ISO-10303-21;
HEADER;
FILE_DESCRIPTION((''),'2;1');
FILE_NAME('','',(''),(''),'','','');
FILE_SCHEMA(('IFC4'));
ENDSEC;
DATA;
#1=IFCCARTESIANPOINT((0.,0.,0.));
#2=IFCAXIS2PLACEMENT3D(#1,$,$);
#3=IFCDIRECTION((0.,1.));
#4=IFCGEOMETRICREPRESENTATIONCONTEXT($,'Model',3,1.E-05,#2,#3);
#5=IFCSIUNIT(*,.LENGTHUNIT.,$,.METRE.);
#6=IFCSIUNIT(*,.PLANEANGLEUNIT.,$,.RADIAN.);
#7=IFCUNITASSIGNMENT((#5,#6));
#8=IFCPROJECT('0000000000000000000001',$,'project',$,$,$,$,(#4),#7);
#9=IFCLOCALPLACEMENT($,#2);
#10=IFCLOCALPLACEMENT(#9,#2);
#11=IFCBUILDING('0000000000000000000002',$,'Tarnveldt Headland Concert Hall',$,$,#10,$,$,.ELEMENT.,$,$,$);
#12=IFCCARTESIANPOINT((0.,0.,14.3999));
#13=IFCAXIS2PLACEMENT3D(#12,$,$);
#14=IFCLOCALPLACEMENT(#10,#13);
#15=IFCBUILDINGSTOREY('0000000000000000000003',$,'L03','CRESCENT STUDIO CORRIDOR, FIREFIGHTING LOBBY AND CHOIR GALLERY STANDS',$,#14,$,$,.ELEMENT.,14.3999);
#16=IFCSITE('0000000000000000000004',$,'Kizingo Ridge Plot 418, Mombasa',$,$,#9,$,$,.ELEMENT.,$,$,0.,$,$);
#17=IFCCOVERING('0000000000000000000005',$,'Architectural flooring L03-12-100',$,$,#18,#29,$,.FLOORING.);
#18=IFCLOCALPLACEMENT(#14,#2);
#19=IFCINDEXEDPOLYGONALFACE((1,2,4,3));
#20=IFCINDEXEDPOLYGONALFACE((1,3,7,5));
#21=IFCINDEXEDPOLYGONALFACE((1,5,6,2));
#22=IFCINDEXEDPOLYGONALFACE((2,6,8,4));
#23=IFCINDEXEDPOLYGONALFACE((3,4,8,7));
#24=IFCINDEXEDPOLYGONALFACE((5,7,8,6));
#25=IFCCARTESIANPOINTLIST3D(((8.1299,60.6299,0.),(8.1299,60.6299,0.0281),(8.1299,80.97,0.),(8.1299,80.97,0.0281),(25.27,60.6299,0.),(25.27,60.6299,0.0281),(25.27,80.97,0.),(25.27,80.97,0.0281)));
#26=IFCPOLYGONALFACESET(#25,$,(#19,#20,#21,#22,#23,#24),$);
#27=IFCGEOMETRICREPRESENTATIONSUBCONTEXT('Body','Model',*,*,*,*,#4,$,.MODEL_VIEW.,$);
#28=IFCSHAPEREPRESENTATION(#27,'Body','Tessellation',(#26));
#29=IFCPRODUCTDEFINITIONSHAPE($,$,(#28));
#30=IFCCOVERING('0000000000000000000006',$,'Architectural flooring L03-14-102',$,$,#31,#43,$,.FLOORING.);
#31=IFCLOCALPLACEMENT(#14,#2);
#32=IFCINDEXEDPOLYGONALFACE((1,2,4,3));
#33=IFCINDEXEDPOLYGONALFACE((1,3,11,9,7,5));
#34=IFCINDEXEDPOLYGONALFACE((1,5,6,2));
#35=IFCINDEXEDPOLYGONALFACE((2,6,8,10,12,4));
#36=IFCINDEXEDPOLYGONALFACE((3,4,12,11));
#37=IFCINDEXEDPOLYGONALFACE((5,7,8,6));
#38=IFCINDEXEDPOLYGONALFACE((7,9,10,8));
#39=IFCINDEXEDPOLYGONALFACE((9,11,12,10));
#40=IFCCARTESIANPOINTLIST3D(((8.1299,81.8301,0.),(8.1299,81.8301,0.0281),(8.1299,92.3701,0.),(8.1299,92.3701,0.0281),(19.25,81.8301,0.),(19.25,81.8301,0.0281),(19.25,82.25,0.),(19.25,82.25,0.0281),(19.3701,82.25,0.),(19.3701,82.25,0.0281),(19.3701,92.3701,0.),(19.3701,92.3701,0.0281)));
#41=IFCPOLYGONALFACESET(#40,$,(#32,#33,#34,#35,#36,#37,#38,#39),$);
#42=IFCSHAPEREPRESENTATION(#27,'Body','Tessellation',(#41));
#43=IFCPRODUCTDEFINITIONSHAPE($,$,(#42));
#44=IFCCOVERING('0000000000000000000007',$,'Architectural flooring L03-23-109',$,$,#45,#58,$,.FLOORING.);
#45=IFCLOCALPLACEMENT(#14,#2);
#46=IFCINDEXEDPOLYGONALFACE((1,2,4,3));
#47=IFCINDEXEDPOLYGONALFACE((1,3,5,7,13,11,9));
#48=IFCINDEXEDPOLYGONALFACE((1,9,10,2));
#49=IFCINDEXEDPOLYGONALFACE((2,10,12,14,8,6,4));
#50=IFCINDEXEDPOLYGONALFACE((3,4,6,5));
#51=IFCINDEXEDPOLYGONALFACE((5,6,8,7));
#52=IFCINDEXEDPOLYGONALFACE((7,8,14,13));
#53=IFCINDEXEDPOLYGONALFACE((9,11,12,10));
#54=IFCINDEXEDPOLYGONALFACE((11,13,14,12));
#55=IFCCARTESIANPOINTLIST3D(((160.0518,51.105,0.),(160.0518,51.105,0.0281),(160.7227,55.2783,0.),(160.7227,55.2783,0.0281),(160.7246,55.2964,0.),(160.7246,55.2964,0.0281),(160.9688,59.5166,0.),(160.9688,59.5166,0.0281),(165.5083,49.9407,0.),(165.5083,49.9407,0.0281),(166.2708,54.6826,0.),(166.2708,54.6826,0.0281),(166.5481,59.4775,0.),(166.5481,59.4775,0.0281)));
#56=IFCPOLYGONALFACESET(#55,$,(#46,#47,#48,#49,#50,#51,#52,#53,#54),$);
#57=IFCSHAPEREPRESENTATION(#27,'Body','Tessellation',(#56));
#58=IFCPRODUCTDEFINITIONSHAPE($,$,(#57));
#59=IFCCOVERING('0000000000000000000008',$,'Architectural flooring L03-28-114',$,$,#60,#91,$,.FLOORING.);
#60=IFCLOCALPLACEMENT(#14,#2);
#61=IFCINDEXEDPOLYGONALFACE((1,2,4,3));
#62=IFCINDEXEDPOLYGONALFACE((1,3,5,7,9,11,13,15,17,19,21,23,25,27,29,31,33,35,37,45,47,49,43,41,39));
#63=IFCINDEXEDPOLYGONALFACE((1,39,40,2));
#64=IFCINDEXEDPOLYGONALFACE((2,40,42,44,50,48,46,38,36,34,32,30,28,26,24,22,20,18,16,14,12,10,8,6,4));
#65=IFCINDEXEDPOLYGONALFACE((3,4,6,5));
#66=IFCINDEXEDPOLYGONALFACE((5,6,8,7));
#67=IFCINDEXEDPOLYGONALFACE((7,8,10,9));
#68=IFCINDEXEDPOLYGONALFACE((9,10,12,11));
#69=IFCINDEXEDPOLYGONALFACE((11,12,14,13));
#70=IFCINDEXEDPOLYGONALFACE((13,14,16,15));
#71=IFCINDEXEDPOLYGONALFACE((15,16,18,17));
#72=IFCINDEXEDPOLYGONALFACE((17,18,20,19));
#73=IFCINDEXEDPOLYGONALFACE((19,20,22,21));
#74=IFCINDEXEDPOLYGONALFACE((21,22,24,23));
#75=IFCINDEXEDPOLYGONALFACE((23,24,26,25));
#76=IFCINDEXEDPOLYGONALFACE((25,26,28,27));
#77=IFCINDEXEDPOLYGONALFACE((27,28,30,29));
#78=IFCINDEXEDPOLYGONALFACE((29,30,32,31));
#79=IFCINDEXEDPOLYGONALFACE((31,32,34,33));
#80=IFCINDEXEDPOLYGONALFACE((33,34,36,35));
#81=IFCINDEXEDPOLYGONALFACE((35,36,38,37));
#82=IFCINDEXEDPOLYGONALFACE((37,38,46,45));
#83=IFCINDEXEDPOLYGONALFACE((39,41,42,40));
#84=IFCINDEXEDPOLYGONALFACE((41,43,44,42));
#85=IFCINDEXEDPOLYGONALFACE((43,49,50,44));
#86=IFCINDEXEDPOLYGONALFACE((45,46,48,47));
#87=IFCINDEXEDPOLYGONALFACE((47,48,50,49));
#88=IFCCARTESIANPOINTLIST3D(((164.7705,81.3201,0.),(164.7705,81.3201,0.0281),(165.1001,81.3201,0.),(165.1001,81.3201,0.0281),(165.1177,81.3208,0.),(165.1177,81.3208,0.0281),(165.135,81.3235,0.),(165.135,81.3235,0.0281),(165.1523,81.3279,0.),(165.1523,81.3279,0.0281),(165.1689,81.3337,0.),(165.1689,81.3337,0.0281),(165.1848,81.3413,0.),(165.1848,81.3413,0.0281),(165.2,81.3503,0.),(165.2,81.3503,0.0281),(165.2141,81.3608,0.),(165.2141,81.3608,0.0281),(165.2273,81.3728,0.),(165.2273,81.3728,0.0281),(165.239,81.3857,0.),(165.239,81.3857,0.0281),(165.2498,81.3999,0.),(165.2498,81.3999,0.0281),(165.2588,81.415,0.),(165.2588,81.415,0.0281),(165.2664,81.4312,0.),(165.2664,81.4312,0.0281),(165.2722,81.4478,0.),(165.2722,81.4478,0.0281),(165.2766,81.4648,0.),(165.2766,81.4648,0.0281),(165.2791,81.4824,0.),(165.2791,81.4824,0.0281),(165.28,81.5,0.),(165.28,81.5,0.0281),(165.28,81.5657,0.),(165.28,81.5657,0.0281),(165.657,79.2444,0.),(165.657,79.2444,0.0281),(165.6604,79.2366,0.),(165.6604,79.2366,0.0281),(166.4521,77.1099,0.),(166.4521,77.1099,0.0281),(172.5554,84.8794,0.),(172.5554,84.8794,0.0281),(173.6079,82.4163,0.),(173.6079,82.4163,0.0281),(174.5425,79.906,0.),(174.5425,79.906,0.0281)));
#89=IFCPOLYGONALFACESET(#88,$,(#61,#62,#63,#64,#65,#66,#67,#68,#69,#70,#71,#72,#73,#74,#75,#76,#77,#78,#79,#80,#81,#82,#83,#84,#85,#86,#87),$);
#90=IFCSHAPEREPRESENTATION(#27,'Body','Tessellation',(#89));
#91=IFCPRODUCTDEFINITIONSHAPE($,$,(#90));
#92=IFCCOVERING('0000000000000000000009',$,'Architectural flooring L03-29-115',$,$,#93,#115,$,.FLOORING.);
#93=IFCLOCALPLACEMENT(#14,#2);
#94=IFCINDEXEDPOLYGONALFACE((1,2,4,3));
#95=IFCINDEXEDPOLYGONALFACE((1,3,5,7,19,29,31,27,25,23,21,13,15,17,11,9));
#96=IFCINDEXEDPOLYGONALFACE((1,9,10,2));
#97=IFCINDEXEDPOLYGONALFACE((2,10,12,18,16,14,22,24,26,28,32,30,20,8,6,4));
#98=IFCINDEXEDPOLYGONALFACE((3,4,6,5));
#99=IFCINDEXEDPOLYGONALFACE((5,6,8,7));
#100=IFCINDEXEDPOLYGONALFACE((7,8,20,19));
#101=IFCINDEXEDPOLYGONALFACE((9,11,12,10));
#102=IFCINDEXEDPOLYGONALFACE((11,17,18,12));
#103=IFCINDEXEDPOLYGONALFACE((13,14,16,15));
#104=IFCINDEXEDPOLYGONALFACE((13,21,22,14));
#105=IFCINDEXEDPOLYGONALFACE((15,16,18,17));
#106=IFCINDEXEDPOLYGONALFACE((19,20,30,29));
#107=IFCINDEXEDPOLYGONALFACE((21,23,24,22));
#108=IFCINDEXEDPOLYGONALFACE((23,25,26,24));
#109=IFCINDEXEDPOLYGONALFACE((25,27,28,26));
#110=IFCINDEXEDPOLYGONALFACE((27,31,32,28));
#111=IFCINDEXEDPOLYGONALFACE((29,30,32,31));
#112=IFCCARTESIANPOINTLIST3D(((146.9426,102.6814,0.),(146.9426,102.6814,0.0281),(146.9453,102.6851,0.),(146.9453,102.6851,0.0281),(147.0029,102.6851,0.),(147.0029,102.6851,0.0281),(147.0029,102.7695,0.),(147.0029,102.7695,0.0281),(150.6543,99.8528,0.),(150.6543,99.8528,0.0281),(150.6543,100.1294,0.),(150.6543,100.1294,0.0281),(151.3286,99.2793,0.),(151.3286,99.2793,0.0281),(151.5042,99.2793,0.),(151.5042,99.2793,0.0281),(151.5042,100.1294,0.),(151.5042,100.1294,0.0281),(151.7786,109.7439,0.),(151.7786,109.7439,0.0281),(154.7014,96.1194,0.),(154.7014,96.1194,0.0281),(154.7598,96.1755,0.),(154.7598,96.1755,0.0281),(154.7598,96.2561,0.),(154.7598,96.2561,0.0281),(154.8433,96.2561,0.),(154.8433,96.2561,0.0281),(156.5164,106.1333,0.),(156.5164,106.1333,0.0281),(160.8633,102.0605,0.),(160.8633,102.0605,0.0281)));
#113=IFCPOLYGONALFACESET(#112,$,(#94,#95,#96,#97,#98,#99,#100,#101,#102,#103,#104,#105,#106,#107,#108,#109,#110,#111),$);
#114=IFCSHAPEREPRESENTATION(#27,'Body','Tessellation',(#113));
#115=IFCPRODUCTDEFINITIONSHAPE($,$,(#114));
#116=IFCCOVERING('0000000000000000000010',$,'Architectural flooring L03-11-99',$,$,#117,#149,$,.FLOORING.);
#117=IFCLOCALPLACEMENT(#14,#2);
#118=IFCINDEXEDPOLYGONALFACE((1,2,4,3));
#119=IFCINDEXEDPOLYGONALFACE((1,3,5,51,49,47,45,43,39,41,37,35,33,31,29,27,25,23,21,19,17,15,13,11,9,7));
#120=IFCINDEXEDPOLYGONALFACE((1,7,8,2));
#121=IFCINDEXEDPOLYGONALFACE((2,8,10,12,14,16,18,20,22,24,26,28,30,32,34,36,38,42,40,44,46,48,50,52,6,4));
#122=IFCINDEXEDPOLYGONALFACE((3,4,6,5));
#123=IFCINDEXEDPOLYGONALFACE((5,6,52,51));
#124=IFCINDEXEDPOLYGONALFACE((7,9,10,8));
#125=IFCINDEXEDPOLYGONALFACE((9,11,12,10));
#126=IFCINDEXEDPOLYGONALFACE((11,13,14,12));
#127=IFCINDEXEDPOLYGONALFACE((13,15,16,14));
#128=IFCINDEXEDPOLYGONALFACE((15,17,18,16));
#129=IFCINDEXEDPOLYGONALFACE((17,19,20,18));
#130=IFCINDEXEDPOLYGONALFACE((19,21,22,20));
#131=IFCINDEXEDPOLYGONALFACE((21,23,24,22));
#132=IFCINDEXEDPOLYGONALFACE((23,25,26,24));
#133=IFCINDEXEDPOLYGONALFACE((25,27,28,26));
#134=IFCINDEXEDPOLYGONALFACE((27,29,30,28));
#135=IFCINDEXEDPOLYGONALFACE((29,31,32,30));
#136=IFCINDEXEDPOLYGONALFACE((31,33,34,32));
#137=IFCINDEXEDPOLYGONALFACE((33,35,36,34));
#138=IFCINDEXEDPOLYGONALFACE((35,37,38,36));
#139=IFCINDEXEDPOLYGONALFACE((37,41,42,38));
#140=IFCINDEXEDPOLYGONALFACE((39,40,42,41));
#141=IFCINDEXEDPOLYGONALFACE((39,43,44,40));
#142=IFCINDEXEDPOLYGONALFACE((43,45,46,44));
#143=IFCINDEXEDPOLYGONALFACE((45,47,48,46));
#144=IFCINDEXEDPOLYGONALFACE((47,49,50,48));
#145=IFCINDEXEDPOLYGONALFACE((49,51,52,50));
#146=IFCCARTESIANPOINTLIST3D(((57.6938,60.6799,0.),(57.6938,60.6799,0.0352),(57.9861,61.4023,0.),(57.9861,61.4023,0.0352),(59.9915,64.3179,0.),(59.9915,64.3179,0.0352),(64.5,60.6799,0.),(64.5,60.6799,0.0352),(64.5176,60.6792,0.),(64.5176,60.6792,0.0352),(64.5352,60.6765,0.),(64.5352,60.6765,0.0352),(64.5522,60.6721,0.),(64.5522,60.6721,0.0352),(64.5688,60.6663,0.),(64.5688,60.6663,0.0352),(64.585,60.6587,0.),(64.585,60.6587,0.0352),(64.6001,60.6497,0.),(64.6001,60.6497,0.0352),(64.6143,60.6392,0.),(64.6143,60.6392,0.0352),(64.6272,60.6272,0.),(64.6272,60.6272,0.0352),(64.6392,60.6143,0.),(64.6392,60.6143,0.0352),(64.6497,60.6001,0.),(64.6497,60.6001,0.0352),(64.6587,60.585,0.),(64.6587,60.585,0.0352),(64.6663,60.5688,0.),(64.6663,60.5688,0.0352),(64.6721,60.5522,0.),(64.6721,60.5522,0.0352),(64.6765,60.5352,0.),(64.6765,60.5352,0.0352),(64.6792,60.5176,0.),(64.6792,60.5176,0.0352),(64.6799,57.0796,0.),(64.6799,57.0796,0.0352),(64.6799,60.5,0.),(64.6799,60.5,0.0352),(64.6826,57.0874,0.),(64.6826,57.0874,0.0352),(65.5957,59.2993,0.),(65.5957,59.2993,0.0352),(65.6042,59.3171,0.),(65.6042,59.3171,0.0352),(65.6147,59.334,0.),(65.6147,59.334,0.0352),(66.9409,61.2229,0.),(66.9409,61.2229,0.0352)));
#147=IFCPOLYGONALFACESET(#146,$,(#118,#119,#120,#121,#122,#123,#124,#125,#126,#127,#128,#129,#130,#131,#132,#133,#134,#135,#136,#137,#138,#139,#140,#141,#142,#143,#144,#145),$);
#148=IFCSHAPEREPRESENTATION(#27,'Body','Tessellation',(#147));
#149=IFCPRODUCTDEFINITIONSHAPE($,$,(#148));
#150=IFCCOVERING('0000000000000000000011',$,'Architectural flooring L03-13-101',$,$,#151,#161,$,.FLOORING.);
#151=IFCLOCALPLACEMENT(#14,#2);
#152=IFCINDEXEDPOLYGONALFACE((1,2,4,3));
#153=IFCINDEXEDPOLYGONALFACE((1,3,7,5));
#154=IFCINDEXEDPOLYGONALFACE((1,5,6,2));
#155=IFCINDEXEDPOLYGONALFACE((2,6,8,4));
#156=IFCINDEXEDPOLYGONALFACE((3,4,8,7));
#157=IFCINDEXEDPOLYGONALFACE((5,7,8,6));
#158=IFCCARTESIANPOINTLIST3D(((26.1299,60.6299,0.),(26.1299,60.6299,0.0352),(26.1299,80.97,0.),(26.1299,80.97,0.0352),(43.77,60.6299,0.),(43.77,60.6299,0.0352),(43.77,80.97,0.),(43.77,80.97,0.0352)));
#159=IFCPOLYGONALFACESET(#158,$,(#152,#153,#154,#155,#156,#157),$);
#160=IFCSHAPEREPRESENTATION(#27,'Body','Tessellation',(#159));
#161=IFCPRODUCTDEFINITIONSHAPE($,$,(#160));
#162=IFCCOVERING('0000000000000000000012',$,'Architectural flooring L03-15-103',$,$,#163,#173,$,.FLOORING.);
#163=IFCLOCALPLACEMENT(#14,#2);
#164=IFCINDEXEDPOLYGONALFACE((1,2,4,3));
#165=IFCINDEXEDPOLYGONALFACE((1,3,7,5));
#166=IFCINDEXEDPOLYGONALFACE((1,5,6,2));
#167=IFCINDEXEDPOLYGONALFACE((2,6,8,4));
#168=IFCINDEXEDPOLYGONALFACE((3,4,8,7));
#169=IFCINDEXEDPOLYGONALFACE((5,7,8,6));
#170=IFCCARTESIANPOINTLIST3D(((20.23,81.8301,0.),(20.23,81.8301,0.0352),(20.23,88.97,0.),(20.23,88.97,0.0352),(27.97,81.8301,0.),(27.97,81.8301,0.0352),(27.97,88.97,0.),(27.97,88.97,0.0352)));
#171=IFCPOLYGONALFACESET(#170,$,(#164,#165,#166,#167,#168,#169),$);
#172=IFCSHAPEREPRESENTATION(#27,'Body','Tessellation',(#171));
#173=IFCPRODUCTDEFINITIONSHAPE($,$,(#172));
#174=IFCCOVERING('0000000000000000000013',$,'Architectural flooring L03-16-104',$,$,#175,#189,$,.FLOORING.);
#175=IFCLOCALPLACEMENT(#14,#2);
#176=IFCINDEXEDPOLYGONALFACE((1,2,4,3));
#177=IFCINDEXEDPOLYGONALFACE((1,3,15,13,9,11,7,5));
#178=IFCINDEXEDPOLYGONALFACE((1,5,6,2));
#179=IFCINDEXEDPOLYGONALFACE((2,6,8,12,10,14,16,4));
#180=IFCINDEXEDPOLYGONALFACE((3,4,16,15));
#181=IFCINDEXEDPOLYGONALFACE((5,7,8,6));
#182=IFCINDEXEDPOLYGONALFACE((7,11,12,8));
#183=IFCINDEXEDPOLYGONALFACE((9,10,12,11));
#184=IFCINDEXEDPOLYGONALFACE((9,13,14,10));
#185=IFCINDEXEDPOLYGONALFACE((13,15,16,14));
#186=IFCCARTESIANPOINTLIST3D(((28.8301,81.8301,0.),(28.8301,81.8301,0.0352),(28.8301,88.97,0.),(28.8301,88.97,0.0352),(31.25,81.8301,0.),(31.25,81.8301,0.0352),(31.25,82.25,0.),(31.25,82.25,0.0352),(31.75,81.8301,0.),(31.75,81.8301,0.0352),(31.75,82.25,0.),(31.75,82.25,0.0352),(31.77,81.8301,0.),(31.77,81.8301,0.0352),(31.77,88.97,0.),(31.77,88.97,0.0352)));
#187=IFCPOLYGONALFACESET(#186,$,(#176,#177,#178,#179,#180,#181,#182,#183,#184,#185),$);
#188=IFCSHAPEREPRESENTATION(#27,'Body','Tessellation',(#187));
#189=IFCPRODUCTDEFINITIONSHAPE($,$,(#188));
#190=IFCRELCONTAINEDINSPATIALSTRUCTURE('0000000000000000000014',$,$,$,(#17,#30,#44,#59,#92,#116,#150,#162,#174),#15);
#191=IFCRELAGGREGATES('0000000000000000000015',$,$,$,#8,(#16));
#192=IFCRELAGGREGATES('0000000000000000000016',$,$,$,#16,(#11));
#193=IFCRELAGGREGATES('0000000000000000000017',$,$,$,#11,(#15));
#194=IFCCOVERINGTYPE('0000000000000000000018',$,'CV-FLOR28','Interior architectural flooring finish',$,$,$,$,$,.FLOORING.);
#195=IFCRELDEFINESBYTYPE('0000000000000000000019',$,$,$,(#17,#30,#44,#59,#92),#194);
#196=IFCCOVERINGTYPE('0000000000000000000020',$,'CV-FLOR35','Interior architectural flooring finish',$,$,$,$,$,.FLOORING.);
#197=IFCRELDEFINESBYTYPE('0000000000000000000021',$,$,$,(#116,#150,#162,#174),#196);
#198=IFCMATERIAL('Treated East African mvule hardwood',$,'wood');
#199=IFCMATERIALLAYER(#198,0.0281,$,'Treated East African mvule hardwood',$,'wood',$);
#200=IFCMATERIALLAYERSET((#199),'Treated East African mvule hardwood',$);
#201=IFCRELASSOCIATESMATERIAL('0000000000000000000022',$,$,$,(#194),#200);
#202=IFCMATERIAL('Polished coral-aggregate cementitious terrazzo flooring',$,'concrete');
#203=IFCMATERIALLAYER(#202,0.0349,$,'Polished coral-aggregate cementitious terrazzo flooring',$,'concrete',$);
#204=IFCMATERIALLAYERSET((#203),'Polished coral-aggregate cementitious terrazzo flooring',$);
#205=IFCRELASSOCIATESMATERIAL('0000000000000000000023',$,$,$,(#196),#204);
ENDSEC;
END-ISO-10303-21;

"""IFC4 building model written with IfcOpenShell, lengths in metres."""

from ifc_helpers import new_model, si_unit, direction, frame, origin, place, context, subcontext, project, spatial, polyline, outline, extrude, material, layer, layer_set, type_object, element, save


model = new_model("IFC4")

# Units and contexts
model_context = context("Model", 3, precision=1e-05, world=origin(), true_north=direction((0.0, 1.0)))
body_context = subcontext(model_context, "Body", "Model", "MODEL_VIEW")
ifc_project = project(units=[si_unit("LENGTHUNIT", "METRE"), si_unit("PLANEANGLEUNIT", "RADIAN")], contexts=[model_context])

# Site, building, storey
site_placement = place(None, origin())
site = spatial("IfcSite", under=ifc_project, at=site_placement, Name="Kizingo Ridge Plot 418, Mombasa", CompositionType="ELEMENT", RefElevation=0.0)
building_placement = place(site_placement, origin())
building = spatial("IfcBuilding", under=site, at=building_placement, Name="Tarnveldt Headland Concert Hall", CompositionType="ELEMENT")
storey_placement = place(building_placement, frame((0.0, 0.0, 14.3999)))
storey = spatial("IfcBuildingStorey", under=building, at=storey_placement, Name="L03", Description="CRESCENT STUDIO CORRIDOR, FIREFIGHTING LOBBY AND CHOIR GALLERY STANDS", CompositionType="ELEMENT", Elevation=14.3999)

# Coverings
ifc_material_1 = material(Name="Treated East African mvule hardwood", Category="wood")
ifc_layer_1 = layer(ifc_material_1, 0.0281, Name="Treated East African mvule hardwood", Category="wood")
ifc_layer_set_1 = layer_set([ifc_layer_1], Name="Treated East African mvule hardwood")
covering_type_1 = type_object("IfcCoveringType", Name="CV-FLOR28", Description="Interior architectural flooring finish", PredefinedType="FLOORING", material=ifc_layer_set_1)
covering_1_placement = place(storey_placement, origin())
element("IfcCovering", 1, at=covering_1_placement, inside=storey, type_object=covering_type_1, Name="Architectural flooring L03-12-100", PredefinedType="FLOORING", context=body_context, shape_type="SweptSolid", body=[
    extrude(outline(polyline([(25.27, 80.97), (25.27, 60.6299), (8.1299, 60.6299), (8.1299, 80.97), (25.27, 80.97)])), origin(), (0.0, 0.0, 1.0), 0.0281),
])
covering_2_placement = place(storey_placement, origin())
element("IfcCovering", 2, at=covering_2_placement, inside=storey, type_object=covering_type_1, Name="Architectural flooring L03-14-102", PredefinedType="FLOORING", context=body_context, shape_type="SweptSolid", body=[
    extrude(outline(polyline([(19.3701, 92.3701), (19.3701, 82.25), (19.25, 82.25), (19.25, 81.8301), (8.1299, 81.8301), (8.1299, 92.3701), (19.3701, 92.3701)])), origin(), (0.0, 0.0, 1.0), 0.0281),
])
covering_3_placement = place(storey_placement, origin())
element("IfcCovering", 3, at=covering_3_placement, inside=storey, type_object=covering_type_1, Name="Architectural flooring L03-23-109", PredefinedType="FLOORING", context=body_context, shape_type="SweptSolid", body=[
    extrude(outline(polyline([(160.0518, 51.105), (160.7227, 55.2783), (160.7246, 55.2964), (160.9688, 59.5166), (166.5481, 59.4775), (166.2708, 54.6826), (165.5083, 49.9407), (160.0518, 51.105)])), origin(), (0.0, 0.0, 1.0), 0.0281),
])
covering_4_placement = place(storey_placement, origin())
element("IfcCovering", 4, at=covering_4_placement, inside=storey, type_object=covering_type_1, Name="Architectural flooring L03-28-114", PredefinedType="FLOORING", context=body_context, shape_type="SweptSolid", body=[
    extrude(outline(polyline([(165.1001, 81.3201), (165.1177, 81.3208), (165.135, 81.3235), (165.1523, 81.3279), (165.1689, 81.3337), (165.1848, 81.3413), (165.2, 81.3503), (165.2141, 81.3608), (165.2273, 81.3728), (165.239, 81.3857), (165.2498, 81.3999), (165.2588, 81.415), (165.2664, 81.4312), (165.2722, 81.4478), (165.2766, 81.4648), (165.2791, 81.4824), (165.28, 81.5), (165.28, 81.5657), (172.5554, 84.8794), (173.6079, 82.4163), (174.5425, 79.906), (166.4521, 77.1099), (165.6604, 79.2366), (165.657, 79.2444), (164.7705, 81.3201), (165.1001, 81.3201)])), origin(), (0.0, 0.0, 1.0), 0.0281),
])
covering_5_placement = place(storey_placement, origin())
element("IfcCovering", 5, at=covering_5_placement, inside=storey, type_object=covering_type_1, Name="Architectural flooring L03-29-115", PredefinedType="FLOORING", context=body_context, shape_type="SweptSolid", body=[
    extrude(outline(polyline([(154.7014, 96.1194), (151.3286, 99.2793), (151.5042, 99.2793), (151.5042, 100.1294), (150.6543, 100.1294), (150.6543, 99.8528), (146.9426, 102.6814), (146.9453, 102.6851), (147.0029, 102.6851), (147.0029, 102.7695), (151.7786, 109.7439), (156.5164, 106.1333), (160.8633, 102.0605), (154.8433, 96.2561), (154.7598, 96.2561), (154.7598, 96.1755), (154.7014, 96.1194)])), origin(), (0.0, 0.0, 1.0), 0.0281),
])
ifc_material_2 = material(Name="Polished coral-aggregate cementitious terrazzo flooring", Category="concrete")
ifc_layer_2 = layer(ifc_material_2, 0.0349, Name="Polished coral-aggregate cementitious terrazzo flooring", Category="concrete")
ifc_layer_set_2 = layer_set([ifc_layer_2], Name="Polished coral-aggregate cementitious terrazzo flooring")
covering_type_2 = type_object("IfcCoveringType", Name="CV-FLOR35", Description="Interior architectural flooring finish", PredefinedType="FLOORING", material=ifc_layer_set_2)
covering_6_placement = place(storey_placement, origin())
element("IfcCovering", 6, at=covering_6_placement, inside=storey, type_object=covering_type_2, Name="Architectural flooring L03-11-99", PredefinedType="FLOORING", context=body_context, shape_type="SweptSolid", body=[
    extrude(outline(polyline([(59.9915, 64.3179), (66.9409, 61.2229), (65.6147, 59.334), (65.6042, 59.3171), (65.5957, 59.2993), (64.6826, 57.0874), (64.6799, 57.0796), (64.6799, 60.5), (64.6792, 60.5176), (64.6765, 60.5352), (64.6721, 60.5522), (64.6663, 60.5688), (64.6587, 60.585), (64.6497, 60.6001), (64.6392, 60.6143), (64.6272, 60.6272), (64.6143, 60.6392), (64.6001, 60.6497), (64.585, 60.6587), (64.5688, 60.6663), (64.5522, 60.6721), (64.5352, 60.6765), (64.5176, 60.6792), (64.5, 60.6799), (57.6938, 60.6799), (57.9861, 61.4023), (59.9915, 64.3179)])), origin(), (0.0, 0.0, 1.0), 0.0352),
])
covering_7_placement = place(storey_placement, origin())
element("IfcCovering", 7, at=covering_7_placement, inside=storey, type_object=covering_type_2, Name="Architectural flooring L03-13-101", PredefinedType="FLOORING", context=body_context, shape_type="SweptSolid", body=[
    extrude(outline(polyline([(26.1299, 80.97), (43.77, 80.97), (43.77, 60.6299), (26.1299, 60.6299), (26.1299, 80.97)])), origin(), (0.0, 0.0, 1.0), 0.0352),
])
covering_8_placement = place(storey_placement, origin())
element("IfcCovering", 8, at=covering_8_placement, inside=storey, type_object=covering_type_2, Name="Architectural flooring L03-15-103", PredefinedType="FLOORING", context=body_context, shape_type="SweptSolid", body=[
    extrude(outline(polyline([(20.23, 88.97), (27.97, 88.97), (27.97, 81.8301), (20.23, 81.8301), (20.23, 88.97)])), origin(), (0.0, 0.0, 1.0), 0.0352),
])
covering_9_placement = place(storey_placement, origin())
element("IfcCovering", 9, at=covering_9_placement, inside=storey, type_object=covering_type_2, Name="Architectural flooring L03-16-104", PredefinedType="FLOORING", context=body_context, shape_type="SweptSolid", body=[
    extrude(outline(polyline([(31.77, 88.97), (31.77, 81.8301), (31.75, 81.8301), (31.75, 82.25), (31.25, 82.25), (31.25, 81.8301), (28.8301, 81.8301), (28.8301, 88.97), (31.77, 88.97)])), origin(), (0.0, 0.0, 1.0), 0.0352),
])

save(model, "model.ifc")
